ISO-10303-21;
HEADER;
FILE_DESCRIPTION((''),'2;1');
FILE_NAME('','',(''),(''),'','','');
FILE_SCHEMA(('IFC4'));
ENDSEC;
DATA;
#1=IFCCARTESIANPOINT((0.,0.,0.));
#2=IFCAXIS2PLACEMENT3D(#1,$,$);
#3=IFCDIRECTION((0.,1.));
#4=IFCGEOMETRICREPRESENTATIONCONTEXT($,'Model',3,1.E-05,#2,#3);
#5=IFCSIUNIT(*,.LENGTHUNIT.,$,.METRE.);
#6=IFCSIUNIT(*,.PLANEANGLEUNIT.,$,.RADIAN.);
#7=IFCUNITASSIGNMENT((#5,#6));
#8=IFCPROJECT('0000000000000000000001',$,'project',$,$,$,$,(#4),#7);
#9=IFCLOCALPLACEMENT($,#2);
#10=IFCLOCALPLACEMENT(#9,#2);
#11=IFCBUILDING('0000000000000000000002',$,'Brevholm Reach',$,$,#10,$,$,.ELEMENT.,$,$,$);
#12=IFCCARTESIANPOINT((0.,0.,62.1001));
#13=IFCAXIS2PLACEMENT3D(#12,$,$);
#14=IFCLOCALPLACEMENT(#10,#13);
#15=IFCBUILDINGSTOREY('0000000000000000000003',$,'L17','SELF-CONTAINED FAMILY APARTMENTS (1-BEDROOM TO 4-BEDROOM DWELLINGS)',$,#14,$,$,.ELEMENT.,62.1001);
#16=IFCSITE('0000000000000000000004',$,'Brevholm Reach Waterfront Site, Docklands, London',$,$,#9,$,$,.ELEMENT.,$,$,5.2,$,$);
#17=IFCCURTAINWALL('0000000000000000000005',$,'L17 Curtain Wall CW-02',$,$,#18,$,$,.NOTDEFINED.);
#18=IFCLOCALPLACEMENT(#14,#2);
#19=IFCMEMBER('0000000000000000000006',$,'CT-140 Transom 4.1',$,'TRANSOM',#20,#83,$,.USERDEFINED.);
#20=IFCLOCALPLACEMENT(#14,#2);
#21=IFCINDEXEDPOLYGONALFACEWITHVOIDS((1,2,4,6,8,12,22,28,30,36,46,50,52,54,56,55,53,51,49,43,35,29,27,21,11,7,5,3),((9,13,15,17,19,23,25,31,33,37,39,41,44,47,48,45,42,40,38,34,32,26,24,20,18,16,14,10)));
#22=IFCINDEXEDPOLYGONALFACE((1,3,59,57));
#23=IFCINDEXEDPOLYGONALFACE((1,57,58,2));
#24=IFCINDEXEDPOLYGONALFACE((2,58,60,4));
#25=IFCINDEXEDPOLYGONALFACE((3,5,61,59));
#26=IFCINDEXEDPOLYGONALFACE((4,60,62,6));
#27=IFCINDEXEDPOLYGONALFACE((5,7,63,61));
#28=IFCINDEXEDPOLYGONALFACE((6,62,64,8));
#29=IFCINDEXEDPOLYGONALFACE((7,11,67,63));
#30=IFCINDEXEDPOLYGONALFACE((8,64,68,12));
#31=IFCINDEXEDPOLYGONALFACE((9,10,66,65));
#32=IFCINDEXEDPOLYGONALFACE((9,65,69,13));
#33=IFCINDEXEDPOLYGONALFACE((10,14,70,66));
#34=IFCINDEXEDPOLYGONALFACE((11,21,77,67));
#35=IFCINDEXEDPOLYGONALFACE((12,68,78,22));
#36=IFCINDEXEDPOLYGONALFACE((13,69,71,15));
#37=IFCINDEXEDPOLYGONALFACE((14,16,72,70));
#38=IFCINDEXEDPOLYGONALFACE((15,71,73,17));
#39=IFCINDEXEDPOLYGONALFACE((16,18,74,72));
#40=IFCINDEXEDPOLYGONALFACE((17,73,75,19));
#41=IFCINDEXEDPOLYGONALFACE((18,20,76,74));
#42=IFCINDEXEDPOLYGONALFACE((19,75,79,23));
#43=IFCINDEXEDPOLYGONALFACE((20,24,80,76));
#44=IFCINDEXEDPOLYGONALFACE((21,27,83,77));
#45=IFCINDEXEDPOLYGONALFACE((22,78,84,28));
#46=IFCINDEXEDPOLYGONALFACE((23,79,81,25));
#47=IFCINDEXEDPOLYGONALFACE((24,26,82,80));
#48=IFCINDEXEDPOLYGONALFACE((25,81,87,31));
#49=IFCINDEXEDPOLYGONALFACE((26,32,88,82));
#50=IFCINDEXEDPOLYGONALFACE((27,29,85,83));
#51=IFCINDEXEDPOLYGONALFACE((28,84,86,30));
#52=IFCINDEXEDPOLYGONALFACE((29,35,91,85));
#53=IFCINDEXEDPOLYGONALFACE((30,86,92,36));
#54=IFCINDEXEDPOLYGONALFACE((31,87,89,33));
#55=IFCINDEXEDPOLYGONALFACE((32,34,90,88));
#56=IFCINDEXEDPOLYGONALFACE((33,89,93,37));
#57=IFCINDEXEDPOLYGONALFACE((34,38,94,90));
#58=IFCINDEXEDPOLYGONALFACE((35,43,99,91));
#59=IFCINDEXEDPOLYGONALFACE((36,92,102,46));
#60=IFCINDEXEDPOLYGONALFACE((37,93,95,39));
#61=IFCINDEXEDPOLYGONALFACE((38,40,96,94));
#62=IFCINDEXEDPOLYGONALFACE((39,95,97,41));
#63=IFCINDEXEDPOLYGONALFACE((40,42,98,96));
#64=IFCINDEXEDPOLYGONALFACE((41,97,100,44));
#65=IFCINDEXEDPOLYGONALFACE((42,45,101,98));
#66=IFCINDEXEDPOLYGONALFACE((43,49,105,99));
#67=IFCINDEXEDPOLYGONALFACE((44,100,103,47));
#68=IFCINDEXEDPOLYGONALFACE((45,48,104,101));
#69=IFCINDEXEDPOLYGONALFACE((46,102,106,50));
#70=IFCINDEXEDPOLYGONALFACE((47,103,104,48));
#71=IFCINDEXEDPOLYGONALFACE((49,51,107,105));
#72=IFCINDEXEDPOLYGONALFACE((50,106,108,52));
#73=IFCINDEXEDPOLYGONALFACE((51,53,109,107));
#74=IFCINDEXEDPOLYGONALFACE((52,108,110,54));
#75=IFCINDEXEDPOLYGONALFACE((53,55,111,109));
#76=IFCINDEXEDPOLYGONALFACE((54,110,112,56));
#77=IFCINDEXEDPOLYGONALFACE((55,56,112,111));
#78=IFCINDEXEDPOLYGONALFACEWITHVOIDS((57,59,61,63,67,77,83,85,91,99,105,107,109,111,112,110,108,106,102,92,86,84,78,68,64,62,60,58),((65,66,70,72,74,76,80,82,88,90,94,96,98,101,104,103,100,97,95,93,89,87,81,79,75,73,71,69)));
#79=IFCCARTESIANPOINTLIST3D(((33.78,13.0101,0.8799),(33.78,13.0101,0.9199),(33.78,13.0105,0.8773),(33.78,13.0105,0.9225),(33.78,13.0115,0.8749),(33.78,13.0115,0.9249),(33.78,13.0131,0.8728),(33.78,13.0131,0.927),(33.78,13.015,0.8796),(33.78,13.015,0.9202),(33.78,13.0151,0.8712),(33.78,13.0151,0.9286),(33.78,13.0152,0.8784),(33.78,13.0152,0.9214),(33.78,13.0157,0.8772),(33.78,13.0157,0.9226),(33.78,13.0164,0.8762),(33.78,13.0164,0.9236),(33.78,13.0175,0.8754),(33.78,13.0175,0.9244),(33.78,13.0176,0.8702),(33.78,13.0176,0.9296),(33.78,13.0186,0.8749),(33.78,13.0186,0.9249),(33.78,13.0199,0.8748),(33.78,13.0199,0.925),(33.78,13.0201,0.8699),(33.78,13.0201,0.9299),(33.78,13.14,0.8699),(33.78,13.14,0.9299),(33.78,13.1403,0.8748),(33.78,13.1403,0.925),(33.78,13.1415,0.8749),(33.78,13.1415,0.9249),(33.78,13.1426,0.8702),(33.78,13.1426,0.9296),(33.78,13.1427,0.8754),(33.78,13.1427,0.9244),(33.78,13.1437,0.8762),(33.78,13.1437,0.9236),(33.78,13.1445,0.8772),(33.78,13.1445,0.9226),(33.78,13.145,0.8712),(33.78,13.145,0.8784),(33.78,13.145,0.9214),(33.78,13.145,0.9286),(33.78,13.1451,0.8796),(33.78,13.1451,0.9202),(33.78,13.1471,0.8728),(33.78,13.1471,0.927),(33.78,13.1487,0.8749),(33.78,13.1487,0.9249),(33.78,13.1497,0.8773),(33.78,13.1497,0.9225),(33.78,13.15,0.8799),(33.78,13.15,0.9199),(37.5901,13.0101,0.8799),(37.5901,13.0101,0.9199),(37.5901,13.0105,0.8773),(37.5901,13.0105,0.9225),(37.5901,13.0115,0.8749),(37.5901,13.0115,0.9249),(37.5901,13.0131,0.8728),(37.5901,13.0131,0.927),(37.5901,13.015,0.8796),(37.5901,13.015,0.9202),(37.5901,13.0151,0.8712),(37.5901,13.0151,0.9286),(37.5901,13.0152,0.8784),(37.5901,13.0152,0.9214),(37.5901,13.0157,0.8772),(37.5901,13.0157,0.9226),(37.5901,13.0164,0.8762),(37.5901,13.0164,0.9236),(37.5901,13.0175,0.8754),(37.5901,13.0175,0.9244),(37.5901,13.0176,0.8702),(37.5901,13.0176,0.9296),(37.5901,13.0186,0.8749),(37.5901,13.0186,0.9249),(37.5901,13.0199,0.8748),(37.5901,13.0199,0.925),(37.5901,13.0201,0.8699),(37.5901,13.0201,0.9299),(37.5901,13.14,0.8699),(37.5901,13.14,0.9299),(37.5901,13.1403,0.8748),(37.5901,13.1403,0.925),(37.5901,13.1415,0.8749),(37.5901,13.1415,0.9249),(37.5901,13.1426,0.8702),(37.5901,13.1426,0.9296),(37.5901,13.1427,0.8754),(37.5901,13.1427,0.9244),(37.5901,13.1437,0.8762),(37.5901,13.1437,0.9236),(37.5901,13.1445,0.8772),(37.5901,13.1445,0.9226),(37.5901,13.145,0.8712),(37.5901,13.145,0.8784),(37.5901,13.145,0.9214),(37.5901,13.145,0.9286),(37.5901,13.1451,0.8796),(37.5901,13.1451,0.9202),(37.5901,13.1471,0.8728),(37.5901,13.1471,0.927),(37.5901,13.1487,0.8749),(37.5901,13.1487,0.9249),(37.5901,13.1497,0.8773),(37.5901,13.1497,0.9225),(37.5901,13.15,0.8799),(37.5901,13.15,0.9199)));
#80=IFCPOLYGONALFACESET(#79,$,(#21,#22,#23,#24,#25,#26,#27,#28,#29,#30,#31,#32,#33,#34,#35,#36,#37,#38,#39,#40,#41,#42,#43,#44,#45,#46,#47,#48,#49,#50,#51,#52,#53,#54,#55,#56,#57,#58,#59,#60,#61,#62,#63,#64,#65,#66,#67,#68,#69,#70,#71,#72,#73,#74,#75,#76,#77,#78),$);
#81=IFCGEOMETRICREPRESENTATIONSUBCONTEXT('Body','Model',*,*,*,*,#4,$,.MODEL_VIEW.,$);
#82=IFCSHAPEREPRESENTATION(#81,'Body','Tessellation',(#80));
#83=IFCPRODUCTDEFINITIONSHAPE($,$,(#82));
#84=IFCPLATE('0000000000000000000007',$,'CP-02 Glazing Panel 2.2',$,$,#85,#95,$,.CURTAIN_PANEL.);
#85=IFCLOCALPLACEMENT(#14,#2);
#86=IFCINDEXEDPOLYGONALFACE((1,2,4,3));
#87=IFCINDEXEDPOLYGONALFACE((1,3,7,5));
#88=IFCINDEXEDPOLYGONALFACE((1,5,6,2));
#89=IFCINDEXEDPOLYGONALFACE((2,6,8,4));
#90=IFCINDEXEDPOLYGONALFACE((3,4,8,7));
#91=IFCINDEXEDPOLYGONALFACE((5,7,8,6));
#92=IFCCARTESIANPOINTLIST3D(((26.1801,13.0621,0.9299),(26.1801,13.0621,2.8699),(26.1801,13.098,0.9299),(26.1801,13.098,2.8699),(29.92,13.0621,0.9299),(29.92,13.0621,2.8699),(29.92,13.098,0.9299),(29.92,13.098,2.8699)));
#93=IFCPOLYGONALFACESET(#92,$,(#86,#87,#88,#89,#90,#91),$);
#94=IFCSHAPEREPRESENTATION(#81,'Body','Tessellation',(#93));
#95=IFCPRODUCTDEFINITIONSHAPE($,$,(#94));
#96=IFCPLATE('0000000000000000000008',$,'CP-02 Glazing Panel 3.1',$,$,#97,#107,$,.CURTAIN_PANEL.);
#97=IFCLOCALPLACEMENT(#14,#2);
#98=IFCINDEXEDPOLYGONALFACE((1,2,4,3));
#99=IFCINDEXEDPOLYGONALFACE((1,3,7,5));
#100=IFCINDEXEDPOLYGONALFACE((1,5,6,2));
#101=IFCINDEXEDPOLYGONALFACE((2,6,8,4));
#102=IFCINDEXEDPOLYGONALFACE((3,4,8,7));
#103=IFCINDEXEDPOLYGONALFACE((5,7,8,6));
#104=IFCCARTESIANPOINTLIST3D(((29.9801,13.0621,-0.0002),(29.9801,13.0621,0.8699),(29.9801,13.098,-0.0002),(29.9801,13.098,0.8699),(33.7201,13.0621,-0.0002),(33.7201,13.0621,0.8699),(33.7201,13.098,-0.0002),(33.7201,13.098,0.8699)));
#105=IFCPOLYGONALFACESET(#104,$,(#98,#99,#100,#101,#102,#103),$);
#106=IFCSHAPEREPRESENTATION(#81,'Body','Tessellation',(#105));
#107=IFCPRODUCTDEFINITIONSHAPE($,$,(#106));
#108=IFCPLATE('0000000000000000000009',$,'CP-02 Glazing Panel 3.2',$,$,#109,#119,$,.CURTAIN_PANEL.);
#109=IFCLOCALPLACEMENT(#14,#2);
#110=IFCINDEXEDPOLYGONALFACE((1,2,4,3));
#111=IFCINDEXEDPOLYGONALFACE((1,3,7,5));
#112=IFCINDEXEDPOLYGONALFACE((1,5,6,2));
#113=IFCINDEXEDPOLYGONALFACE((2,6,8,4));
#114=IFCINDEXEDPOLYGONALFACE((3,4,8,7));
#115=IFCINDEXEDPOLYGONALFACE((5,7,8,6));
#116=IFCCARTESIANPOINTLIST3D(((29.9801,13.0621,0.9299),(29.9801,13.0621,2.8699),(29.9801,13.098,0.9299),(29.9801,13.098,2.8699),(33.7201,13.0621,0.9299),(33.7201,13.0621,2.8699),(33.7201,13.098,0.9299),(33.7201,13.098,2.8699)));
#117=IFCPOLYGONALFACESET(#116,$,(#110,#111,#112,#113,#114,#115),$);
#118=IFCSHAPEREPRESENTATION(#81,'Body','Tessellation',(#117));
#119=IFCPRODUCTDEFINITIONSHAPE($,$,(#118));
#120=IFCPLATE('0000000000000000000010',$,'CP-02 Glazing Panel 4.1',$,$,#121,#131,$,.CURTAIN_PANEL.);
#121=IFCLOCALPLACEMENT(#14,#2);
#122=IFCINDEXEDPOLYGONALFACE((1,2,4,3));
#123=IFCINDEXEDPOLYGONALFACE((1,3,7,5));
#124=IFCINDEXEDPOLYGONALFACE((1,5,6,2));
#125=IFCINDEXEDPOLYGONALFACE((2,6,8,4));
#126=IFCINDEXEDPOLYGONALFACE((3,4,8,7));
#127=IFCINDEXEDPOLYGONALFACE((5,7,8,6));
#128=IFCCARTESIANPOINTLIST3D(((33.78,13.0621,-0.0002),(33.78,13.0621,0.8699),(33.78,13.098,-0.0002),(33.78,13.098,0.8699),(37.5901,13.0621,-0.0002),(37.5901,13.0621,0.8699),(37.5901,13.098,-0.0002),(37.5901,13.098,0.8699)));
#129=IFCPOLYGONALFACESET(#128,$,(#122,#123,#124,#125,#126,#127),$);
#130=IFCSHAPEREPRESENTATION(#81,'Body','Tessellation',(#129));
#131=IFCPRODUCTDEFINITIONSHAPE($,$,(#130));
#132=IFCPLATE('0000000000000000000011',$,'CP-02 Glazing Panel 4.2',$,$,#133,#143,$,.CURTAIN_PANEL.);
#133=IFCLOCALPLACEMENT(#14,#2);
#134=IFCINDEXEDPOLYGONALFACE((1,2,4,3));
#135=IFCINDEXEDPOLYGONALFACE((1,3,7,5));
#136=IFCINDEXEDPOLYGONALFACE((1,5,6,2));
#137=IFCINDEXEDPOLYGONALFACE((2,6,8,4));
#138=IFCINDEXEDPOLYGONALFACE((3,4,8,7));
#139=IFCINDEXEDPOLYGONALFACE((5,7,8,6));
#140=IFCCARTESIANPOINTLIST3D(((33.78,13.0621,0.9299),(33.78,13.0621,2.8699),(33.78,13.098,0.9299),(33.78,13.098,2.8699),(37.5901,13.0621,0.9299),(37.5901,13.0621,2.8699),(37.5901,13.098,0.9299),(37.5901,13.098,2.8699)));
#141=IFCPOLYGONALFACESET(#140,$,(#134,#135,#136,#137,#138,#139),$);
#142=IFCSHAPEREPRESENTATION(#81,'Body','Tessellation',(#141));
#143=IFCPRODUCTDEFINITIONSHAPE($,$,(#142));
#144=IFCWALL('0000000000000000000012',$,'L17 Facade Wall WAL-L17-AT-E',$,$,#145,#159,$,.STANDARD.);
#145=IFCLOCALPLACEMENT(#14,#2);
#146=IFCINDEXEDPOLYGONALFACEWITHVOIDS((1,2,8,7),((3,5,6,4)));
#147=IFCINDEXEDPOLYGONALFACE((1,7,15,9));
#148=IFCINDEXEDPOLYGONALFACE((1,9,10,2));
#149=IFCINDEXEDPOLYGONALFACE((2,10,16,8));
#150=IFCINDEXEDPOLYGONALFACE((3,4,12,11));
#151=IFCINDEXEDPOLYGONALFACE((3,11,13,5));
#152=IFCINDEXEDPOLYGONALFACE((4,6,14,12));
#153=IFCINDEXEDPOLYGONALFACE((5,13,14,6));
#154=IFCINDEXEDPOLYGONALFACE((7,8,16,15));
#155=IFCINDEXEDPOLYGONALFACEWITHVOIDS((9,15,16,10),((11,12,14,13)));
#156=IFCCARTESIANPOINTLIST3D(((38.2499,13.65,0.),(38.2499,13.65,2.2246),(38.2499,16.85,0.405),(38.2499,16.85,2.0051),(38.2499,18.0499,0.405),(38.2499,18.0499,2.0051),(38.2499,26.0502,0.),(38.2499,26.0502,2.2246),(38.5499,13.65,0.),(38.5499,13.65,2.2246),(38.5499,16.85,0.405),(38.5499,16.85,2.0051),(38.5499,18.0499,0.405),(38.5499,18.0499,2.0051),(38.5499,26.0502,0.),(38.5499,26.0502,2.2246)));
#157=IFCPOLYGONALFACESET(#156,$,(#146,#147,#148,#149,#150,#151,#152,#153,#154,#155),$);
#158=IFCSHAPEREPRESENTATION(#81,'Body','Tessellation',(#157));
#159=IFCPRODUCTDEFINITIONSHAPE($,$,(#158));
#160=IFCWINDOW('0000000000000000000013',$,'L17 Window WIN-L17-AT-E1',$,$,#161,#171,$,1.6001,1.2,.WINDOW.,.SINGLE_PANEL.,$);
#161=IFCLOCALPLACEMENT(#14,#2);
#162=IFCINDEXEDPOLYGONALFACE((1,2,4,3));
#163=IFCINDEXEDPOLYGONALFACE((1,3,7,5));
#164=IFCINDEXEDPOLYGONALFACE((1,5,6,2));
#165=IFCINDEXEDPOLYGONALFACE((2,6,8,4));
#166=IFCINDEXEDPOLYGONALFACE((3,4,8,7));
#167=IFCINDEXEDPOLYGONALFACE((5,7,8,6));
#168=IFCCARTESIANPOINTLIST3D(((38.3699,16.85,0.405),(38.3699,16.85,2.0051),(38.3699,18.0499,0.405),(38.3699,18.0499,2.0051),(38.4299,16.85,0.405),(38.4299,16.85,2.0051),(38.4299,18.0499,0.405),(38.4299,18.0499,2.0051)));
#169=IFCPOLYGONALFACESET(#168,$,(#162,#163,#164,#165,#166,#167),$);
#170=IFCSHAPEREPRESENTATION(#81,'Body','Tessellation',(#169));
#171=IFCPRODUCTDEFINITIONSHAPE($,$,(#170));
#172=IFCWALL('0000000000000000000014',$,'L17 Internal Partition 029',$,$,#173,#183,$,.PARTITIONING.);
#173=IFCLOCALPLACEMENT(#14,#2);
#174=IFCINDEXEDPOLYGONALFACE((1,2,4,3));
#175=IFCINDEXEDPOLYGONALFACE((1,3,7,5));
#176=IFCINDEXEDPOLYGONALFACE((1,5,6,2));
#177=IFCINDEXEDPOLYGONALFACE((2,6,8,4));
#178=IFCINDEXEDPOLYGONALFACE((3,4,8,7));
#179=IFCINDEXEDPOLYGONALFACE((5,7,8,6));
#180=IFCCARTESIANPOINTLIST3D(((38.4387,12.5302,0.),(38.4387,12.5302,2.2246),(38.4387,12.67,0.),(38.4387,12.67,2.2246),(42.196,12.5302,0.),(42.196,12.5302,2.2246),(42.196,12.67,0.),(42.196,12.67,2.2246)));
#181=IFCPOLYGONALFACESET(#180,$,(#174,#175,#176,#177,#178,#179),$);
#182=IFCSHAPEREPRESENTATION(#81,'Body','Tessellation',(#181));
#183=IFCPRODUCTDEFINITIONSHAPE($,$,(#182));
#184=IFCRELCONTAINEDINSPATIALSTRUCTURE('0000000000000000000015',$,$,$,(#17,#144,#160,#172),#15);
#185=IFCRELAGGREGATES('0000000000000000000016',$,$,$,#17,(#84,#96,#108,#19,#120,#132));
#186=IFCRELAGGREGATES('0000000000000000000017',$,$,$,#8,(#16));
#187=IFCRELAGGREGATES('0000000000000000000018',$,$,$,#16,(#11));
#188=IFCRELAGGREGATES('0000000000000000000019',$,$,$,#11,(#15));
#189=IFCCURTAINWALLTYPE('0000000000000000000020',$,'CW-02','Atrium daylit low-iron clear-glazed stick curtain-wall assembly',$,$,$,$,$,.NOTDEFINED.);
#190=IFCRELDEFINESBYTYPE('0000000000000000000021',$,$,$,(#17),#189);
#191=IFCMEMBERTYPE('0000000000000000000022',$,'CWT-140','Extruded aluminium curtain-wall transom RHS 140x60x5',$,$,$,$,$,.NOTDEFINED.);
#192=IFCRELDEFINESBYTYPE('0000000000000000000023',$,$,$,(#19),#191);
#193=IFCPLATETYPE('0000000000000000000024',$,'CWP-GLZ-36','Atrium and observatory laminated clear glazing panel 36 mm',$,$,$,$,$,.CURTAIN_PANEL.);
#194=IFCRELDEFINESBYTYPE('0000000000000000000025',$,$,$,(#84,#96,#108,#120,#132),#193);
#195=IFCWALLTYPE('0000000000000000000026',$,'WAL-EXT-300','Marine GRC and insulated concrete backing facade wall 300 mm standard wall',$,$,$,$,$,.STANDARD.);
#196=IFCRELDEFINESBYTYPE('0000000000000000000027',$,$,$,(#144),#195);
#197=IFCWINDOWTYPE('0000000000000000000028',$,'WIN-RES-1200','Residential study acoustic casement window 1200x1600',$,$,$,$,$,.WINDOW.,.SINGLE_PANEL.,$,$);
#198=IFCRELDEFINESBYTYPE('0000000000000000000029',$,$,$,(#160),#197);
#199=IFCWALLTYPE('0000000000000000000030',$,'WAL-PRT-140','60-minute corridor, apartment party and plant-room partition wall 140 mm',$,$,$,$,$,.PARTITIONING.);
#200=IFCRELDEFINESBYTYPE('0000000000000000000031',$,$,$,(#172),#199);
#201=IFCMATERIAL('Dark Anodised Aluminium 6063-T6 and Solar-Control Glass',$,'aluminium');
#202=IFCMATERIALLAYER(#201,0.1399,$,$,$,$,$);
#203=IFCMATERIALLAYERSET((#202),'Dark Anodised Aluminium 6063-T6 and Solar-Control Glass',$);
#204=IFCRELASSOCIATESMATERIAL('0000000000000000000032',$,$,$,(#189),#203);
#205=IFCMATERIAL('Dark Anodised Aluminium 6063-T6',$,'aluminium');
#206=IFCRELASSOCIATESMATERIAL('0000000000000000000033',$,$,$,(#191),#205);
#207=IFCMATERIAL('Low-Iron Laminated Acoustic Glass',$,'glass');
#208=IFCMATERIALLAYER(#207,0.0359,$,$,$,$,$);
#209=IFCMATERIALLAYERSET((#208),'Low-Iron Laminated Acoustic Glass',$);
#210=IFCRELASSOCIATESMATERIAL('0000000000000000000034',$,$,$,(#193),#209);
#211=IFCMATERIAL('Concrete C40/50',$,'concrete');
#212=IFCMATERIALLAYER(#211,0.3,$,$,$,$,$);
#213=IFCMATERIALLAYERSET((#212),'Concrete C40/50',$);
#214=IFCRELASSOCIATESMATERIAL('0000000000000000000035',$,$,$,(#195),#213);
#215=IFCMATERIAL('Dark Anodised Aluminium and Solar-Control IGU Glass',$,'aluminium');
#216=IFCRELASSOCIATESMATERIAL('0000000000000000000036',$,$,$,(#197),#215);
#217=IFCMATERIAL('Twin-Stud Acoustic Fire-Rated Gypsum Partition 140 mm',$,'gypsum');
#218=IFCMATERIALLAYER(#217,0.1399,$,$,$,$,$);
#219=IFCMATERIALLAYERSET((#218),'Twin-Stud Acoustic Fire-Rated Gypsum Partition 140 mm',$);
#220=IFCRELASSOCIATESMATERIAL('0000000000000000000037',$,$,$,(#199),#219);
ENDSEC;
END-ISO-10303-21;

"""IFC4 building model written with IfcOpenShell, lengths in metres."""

from ifc_helpers import new_model, si_unit, direction, frame, frame_2d, origin, origin_2d, place, context, subcontext, project, spatial, rectangle, hollow_rectangle, extrude, material, layer, layer_set, material_profile, profile_set, type_object, element, fill, aggregate, save


model = new_model("IFC4")

# Units and contexts
model_context = context("Model", 3, precision=1e-05, world=origin(), true_north=direction((0.0, 1.0)))
body_context = subcontext(model_context, "Body", "Model", "MODEL_VIEW")
ifc_project = project(units=[si_unit("LENGTHUNIT", "METRE"), si_unit("PLANEANGLEUNIT", "RADIAN")], contexts=[model_context])

# Site, building, storey
site_placement = place(None, origin())
site = spatial("IfcSite", under=ifc_project, at=site_placement, Name="Brevholm Reach Waterfront Site, Docklands, London", CompositionType="ELEMENT", RefElevation=5.2)
building_placement = place(site_placement, origin())
building = spatial("IfcBuilding", under=site, at=building_placement, Name="Brevholm Reach", CompositionType="ELEMENT")
storey_placement = place(building_placement, frame((0.0, 0.0, 62.1001)))
storey = spatial("IfcBuildingStorey", under=building, at=storey_placement, Name="L17", Description="SELF-CONTAINED FAMILY APARTMENTS (1-BEDROOM TO 4-BEDROOM DWELLINGS)", CompositionType="ELEMENT", Elevation=62.1001)

# Curtain wall, member, plates
ifc_material_1 = material(Name="Dark Anodised Aluminium 6063-T6 and Solar-Control Glass", Category="aluminium")
ifc_layer_1 = layer(ifc_material_1, 0.1399)
ifc_layer_set_1 = layer_set([ifc_layer_1], Name="Dark Anodised Aluminium 6063-T6 and Solar-Control Glass")
curtain_wall_type = type_object("IfcCurtainWallType", Name="CW-02", Description="Atrium daylit low-iron clear-glazed stick curtain-wall assembly", PredefinedType="NOTDEFINED", material=ifc_layer_set_1)
curtain_wall_placement = place(storey_placement, origin())
curtain_wall = element("IfcCurtainWall", 1, at=curtain_wall_placement, inside=storey, type_object=curtain_wall_type, Name="L17 Curtain Wall CW-02", PredefinedType="NOTDEFINED")
ifc_material_2 = material(Name="Dark Anodised Aluminium 6063-T6", Category="aluminium")
ifc_material_profile_1 = material_profile(ifc_material_2, hollow_rectangle(XDim=0.0601, YDim=0.1399, WallThickness=0.0049, InnerFilletRadius=0.0049, OuterFilletRadius=0.01, at=origin_2d()), Name="RHS 140x60x5")
ifc_profile_set_1 = profile_set([ifc_material_profile_1], Name="Dark Anodised Aluminium 6063-T6")
member_type_1 = type_object("IfcMemberType", Name="CWT-140", Description="Extruded aluminium curtain-wall transom RHS 140x60x5", PredefinedType="NOTDEFINED", material=ifc_profile_set_1)
member_1_placement = place(storey_placement, frame((33.78, 13.0801, 0.8999), z_axis=(1.0, 0.0, 0.0), x_axis=(0.0, 0.0, 1.0)))
member_1 = element("IfcMember", 2, at=member_1_placement, type_object=member_type_1, Name="CT-140 Transom 4.1", ObjectType="TRANSOM", PredefinedType="USERDEFINED", context=body_context, shape_type="SweptSolid", body=[
    extrude(hollow_rectangle(XDim=0.0601, YDim=0.1399, WallThickness=0.0049, InnerFilletRadius=0.0049, OuterFilletRadius=0.01, at=origin_2d()), origin(), (0.0, 0.0, 1.0), 3.8101),
])
ifc_material_3 = material(Name="Low-Iron Laminated Acoustic Glass", Category="glass")
ifc_layer_2 = layer(ifc_material_3, 0.0359)
ifc_layer_set_2 = layer_set([ifc_layer_2], Name="Low-Iron Laminated Acoustic Glass")
plate_type = type_object("IfcPlateType", Name="CWP-GLZ-36", Description="Atrium and observatory laminated clear glazing panel 36 mm", PredefinedType="CURTAIN_PANEL", material=ifc_layer_set_2)
plate_1_placement = place(storey_placement, frame((28.05, 13.0801, 0.9299), z_axis=(0.0, 0.0, 1.0), x_axis=(1.0, 0.0, 0.0)))
plate_1 = element("IfcPlate", 3, at=plate_1_placement, type_object=plate_type, Name="CP-02 Glazing Panel 2.2", PredefinedType="CURTAIN_PANEL", context=body_context, shape_type="SweptSolid", body=[
    extrude(rectangle(XDim=3.74, YDim=0.0359, at=origin_2d()), origin(), (0.0, 0.0, 1.0), 1.9399),
])
plate_2_placement = place(storey_placement, frame((31.8501, 13.0801, -0.0002), z_axis=(0.0, 0.0, 1.0), x_axis=(1.0, 0.0, 0.0)))
plate_2 = element("IfcPlate", 4, at=plate_2_placement, type_object=plate_type, Name="CP-02 Glazing Panel 3.1", PredefinedType="CURTAIN_PANEL", context=body_context, shape_type="SweptSolid", body=[
    extrude(rectangle(XDim=3.74, YDim=0.0359, at=origin_2d()), origin(), (0.0, 0.0, 1.0), 0.8701),
])
plate_3_placement = place(storey_placement, frame((31.8501, 13.0801, 0.9299), z_axis=(0.0, 0.0, 1.0), x_axis=(1.0, 0.0, 0.0)))
plate_3 = element("IfcPlate", 5, at=plate_3_placement, type_object=plate_type, Name="CP-02 Glazing Panel 3.2", PredefinedType="CURTAIN_PANEL", context=body_context, shape_type="SweptSolid", body=[
    extrude(rectangle(XDim=3.74, YDim=0.0359, at=origin_2d()), origin(), (0.0, 0.0, 1.0), 1.9399),
])
plate_4_placement = place(storey_placement, frame((35.6851, 13.0801, -0.0002), z_axis=(0.0, 0.0, 1.0), x_axis=(1.0, 0.0, 0.0)))
plate_4 = element("IfcPlate", 6, at=plate_4_placement, type_object=plate_type, Name="CP-02 Glazing Panel 4.1", PredefinedType="CURTAIN_PANEL", context=body_context, shape_type="SweptSolid", body=[
    extrude(rectangle(XDim=3.8101, YDim=0.0359, at=origin_2d()), origin(), (0.0, 0.0, 1.0), 0.8701),
])
plate_5_placement = place(storey_placement, frame((35.6851, 13.0801, 0.9299), z_axis=(0.0, 0.0, 1.0), x_axis=(1.0, 0.0, 0.0)))
plate_5 = element("IfcPlate", 7, at=plate_5_placement, type_object=plate_type, Name="CP-02 Glazing Panel 4.2", PredefinedType="CURTAIN_PANEL", context=body_context, shape_type="SweptSolid", body=[
    extrude(rectangle(XDim=3.8101, YDim=0.0359, at=origin_2d()), origin(), (0.0, 0.0, 1.0), 1.9399),
])
aggregate(curtain_wall, [plate_1, plate_2, plate_3, member_1, plate_4, plate_5])

# Wall, opening, window
ifc_material_4 = material(Name="Concrete C40/50", Category="concrete")
ifc_layer_3 = layer(ifc_material_4, 0.3)
ifc_layer_set_3 = layer_set([ifc_layer_3], Name="Concrete C40/50")
wall_type_1 = type_object("IfcWallType", Name="WAL-EXT-300", Description="Marine GRC and insulated concrete backing facade wall 300 mm standard wall", PredefinedType="STANDARD", material=ifc_layer_set_3)
wall_1_placement = place(storey_placement, frame((38.3999, 13.6499, 0.0), z_axis=(0.0, 0.0, 1.0), x_axis=(0.0, 1.0, 0.0)))
wall_1 = element("IfcWall", 8, at=wall_1_placement, inside=storey, type_object=wall_type_1, Name="L17 Facade Wall WAL-L17-AT-E", PredefinedType="STANDARD", context=body_context, shape_type="SweptSolid", body=[
    extrude(rectangle(XDim=12.4001, YDim=0.3, at=frame_2d((6.2002, 0.0))), origin(), (0.0, 0.0, 1.0), 2.2246),
])
opening_placement = place(wall_1_placement, frame((3.2, 0.0, 0.405)))
opening = element("IfcOpeningElement", 9, at=opening_placement, cuts=wall_1, PredefinedType="OPENING", context=body_context, shape_type="SweptSolid", body=[
    extrude(rectangle(XDim=1.2, YDim=1.6001, at=frame_2d((0.6001, 0.8))), frame((0.0, 0.1599, 0.0), z_axis=(0.0, -1.0, 0.0), x_axis=(1.0, 0.0, 0.0)), (0.0, 0.0, 1.0), 0.3201),
])
ifc_material_5 = material(Name="Dark Anodised Aluminium and Solar-Control IGU Glass", Category="aluminium")
window_type = type_object("IfcWindowType", Name="WIN-RES-1200", Description="Residential study acoustic casement window 1200x1600", PartitioningType="SINGLE_PANEL", PredefinedType="WINDOW", material=ifc_material_5)
window_placement = place(opening_placement, origin())
window = element("IfcWindow", 10, at=window_placement, inside=storey, type_object=window_type, Name="L17 Window WIN-L17-AT-E1", OverallHeight=1.6001, OverallWidth=1.2, PartitioningType="SINGLE_PANEL", PredefinedType="WINDOW", context=body_context, shape_type="SweptSolid", body=[
    extrude(rectangle(XDim=1.2, YDim=1.6001, at=frame_2d((0.6001, 0.8))), frame((0.0, 0.03, 0.0), z_axis=(0.0, -1.0, 0.0), x_axis=(1.0, 0.0, 0.0)), (0.0, 0.0, 1.0), 0.0601),
])
fill(opening, window)

# Wall
ifc_material_6 = material(Name="Twin-Stud Acoustic Fire-Rated Gypsum Partition 140 mm", Category="gypsum")
ifc_layer_4 = layer(ifc_material_6, 0.1399)
ifc_layer_set_4 = layer_set([ifc_layer_4], Name="Twin-Stud Acoustic Fire-Rated Gypsum Partition 140 mm")
wall_type_2 = type_object("IfcWallType", Name="WAL-PRT-140", Description="60-minute corridor, apartment party and plant-room partition wall 140 mm", PredefinedType="PARTITIONING", material=ifc_layer_set_4)
wall_2_placement = place(storey_placement, frame((38.4387, 12.6001, 0.0), z_axis=(0.0, 0.0, 1.0), x_axis=(1.0, 0.0, 0.0)))
element("IfcWall", 11, at=wall_2_placement, inside=storey, type_object=wall_type_2, Name="L17 Internal Partition 029", PredefinedType="PARTITIONING", context=body_context, shape_type="SweptSolid", body=[
    extrude(rectangle(XDim=3.7573, YDim=0.1399, at=frame_2d((1.8787, 0.0))), origin(), (0.0, 0.0, 1.0), 2.2246),
])

save(model, "model.ifc")
